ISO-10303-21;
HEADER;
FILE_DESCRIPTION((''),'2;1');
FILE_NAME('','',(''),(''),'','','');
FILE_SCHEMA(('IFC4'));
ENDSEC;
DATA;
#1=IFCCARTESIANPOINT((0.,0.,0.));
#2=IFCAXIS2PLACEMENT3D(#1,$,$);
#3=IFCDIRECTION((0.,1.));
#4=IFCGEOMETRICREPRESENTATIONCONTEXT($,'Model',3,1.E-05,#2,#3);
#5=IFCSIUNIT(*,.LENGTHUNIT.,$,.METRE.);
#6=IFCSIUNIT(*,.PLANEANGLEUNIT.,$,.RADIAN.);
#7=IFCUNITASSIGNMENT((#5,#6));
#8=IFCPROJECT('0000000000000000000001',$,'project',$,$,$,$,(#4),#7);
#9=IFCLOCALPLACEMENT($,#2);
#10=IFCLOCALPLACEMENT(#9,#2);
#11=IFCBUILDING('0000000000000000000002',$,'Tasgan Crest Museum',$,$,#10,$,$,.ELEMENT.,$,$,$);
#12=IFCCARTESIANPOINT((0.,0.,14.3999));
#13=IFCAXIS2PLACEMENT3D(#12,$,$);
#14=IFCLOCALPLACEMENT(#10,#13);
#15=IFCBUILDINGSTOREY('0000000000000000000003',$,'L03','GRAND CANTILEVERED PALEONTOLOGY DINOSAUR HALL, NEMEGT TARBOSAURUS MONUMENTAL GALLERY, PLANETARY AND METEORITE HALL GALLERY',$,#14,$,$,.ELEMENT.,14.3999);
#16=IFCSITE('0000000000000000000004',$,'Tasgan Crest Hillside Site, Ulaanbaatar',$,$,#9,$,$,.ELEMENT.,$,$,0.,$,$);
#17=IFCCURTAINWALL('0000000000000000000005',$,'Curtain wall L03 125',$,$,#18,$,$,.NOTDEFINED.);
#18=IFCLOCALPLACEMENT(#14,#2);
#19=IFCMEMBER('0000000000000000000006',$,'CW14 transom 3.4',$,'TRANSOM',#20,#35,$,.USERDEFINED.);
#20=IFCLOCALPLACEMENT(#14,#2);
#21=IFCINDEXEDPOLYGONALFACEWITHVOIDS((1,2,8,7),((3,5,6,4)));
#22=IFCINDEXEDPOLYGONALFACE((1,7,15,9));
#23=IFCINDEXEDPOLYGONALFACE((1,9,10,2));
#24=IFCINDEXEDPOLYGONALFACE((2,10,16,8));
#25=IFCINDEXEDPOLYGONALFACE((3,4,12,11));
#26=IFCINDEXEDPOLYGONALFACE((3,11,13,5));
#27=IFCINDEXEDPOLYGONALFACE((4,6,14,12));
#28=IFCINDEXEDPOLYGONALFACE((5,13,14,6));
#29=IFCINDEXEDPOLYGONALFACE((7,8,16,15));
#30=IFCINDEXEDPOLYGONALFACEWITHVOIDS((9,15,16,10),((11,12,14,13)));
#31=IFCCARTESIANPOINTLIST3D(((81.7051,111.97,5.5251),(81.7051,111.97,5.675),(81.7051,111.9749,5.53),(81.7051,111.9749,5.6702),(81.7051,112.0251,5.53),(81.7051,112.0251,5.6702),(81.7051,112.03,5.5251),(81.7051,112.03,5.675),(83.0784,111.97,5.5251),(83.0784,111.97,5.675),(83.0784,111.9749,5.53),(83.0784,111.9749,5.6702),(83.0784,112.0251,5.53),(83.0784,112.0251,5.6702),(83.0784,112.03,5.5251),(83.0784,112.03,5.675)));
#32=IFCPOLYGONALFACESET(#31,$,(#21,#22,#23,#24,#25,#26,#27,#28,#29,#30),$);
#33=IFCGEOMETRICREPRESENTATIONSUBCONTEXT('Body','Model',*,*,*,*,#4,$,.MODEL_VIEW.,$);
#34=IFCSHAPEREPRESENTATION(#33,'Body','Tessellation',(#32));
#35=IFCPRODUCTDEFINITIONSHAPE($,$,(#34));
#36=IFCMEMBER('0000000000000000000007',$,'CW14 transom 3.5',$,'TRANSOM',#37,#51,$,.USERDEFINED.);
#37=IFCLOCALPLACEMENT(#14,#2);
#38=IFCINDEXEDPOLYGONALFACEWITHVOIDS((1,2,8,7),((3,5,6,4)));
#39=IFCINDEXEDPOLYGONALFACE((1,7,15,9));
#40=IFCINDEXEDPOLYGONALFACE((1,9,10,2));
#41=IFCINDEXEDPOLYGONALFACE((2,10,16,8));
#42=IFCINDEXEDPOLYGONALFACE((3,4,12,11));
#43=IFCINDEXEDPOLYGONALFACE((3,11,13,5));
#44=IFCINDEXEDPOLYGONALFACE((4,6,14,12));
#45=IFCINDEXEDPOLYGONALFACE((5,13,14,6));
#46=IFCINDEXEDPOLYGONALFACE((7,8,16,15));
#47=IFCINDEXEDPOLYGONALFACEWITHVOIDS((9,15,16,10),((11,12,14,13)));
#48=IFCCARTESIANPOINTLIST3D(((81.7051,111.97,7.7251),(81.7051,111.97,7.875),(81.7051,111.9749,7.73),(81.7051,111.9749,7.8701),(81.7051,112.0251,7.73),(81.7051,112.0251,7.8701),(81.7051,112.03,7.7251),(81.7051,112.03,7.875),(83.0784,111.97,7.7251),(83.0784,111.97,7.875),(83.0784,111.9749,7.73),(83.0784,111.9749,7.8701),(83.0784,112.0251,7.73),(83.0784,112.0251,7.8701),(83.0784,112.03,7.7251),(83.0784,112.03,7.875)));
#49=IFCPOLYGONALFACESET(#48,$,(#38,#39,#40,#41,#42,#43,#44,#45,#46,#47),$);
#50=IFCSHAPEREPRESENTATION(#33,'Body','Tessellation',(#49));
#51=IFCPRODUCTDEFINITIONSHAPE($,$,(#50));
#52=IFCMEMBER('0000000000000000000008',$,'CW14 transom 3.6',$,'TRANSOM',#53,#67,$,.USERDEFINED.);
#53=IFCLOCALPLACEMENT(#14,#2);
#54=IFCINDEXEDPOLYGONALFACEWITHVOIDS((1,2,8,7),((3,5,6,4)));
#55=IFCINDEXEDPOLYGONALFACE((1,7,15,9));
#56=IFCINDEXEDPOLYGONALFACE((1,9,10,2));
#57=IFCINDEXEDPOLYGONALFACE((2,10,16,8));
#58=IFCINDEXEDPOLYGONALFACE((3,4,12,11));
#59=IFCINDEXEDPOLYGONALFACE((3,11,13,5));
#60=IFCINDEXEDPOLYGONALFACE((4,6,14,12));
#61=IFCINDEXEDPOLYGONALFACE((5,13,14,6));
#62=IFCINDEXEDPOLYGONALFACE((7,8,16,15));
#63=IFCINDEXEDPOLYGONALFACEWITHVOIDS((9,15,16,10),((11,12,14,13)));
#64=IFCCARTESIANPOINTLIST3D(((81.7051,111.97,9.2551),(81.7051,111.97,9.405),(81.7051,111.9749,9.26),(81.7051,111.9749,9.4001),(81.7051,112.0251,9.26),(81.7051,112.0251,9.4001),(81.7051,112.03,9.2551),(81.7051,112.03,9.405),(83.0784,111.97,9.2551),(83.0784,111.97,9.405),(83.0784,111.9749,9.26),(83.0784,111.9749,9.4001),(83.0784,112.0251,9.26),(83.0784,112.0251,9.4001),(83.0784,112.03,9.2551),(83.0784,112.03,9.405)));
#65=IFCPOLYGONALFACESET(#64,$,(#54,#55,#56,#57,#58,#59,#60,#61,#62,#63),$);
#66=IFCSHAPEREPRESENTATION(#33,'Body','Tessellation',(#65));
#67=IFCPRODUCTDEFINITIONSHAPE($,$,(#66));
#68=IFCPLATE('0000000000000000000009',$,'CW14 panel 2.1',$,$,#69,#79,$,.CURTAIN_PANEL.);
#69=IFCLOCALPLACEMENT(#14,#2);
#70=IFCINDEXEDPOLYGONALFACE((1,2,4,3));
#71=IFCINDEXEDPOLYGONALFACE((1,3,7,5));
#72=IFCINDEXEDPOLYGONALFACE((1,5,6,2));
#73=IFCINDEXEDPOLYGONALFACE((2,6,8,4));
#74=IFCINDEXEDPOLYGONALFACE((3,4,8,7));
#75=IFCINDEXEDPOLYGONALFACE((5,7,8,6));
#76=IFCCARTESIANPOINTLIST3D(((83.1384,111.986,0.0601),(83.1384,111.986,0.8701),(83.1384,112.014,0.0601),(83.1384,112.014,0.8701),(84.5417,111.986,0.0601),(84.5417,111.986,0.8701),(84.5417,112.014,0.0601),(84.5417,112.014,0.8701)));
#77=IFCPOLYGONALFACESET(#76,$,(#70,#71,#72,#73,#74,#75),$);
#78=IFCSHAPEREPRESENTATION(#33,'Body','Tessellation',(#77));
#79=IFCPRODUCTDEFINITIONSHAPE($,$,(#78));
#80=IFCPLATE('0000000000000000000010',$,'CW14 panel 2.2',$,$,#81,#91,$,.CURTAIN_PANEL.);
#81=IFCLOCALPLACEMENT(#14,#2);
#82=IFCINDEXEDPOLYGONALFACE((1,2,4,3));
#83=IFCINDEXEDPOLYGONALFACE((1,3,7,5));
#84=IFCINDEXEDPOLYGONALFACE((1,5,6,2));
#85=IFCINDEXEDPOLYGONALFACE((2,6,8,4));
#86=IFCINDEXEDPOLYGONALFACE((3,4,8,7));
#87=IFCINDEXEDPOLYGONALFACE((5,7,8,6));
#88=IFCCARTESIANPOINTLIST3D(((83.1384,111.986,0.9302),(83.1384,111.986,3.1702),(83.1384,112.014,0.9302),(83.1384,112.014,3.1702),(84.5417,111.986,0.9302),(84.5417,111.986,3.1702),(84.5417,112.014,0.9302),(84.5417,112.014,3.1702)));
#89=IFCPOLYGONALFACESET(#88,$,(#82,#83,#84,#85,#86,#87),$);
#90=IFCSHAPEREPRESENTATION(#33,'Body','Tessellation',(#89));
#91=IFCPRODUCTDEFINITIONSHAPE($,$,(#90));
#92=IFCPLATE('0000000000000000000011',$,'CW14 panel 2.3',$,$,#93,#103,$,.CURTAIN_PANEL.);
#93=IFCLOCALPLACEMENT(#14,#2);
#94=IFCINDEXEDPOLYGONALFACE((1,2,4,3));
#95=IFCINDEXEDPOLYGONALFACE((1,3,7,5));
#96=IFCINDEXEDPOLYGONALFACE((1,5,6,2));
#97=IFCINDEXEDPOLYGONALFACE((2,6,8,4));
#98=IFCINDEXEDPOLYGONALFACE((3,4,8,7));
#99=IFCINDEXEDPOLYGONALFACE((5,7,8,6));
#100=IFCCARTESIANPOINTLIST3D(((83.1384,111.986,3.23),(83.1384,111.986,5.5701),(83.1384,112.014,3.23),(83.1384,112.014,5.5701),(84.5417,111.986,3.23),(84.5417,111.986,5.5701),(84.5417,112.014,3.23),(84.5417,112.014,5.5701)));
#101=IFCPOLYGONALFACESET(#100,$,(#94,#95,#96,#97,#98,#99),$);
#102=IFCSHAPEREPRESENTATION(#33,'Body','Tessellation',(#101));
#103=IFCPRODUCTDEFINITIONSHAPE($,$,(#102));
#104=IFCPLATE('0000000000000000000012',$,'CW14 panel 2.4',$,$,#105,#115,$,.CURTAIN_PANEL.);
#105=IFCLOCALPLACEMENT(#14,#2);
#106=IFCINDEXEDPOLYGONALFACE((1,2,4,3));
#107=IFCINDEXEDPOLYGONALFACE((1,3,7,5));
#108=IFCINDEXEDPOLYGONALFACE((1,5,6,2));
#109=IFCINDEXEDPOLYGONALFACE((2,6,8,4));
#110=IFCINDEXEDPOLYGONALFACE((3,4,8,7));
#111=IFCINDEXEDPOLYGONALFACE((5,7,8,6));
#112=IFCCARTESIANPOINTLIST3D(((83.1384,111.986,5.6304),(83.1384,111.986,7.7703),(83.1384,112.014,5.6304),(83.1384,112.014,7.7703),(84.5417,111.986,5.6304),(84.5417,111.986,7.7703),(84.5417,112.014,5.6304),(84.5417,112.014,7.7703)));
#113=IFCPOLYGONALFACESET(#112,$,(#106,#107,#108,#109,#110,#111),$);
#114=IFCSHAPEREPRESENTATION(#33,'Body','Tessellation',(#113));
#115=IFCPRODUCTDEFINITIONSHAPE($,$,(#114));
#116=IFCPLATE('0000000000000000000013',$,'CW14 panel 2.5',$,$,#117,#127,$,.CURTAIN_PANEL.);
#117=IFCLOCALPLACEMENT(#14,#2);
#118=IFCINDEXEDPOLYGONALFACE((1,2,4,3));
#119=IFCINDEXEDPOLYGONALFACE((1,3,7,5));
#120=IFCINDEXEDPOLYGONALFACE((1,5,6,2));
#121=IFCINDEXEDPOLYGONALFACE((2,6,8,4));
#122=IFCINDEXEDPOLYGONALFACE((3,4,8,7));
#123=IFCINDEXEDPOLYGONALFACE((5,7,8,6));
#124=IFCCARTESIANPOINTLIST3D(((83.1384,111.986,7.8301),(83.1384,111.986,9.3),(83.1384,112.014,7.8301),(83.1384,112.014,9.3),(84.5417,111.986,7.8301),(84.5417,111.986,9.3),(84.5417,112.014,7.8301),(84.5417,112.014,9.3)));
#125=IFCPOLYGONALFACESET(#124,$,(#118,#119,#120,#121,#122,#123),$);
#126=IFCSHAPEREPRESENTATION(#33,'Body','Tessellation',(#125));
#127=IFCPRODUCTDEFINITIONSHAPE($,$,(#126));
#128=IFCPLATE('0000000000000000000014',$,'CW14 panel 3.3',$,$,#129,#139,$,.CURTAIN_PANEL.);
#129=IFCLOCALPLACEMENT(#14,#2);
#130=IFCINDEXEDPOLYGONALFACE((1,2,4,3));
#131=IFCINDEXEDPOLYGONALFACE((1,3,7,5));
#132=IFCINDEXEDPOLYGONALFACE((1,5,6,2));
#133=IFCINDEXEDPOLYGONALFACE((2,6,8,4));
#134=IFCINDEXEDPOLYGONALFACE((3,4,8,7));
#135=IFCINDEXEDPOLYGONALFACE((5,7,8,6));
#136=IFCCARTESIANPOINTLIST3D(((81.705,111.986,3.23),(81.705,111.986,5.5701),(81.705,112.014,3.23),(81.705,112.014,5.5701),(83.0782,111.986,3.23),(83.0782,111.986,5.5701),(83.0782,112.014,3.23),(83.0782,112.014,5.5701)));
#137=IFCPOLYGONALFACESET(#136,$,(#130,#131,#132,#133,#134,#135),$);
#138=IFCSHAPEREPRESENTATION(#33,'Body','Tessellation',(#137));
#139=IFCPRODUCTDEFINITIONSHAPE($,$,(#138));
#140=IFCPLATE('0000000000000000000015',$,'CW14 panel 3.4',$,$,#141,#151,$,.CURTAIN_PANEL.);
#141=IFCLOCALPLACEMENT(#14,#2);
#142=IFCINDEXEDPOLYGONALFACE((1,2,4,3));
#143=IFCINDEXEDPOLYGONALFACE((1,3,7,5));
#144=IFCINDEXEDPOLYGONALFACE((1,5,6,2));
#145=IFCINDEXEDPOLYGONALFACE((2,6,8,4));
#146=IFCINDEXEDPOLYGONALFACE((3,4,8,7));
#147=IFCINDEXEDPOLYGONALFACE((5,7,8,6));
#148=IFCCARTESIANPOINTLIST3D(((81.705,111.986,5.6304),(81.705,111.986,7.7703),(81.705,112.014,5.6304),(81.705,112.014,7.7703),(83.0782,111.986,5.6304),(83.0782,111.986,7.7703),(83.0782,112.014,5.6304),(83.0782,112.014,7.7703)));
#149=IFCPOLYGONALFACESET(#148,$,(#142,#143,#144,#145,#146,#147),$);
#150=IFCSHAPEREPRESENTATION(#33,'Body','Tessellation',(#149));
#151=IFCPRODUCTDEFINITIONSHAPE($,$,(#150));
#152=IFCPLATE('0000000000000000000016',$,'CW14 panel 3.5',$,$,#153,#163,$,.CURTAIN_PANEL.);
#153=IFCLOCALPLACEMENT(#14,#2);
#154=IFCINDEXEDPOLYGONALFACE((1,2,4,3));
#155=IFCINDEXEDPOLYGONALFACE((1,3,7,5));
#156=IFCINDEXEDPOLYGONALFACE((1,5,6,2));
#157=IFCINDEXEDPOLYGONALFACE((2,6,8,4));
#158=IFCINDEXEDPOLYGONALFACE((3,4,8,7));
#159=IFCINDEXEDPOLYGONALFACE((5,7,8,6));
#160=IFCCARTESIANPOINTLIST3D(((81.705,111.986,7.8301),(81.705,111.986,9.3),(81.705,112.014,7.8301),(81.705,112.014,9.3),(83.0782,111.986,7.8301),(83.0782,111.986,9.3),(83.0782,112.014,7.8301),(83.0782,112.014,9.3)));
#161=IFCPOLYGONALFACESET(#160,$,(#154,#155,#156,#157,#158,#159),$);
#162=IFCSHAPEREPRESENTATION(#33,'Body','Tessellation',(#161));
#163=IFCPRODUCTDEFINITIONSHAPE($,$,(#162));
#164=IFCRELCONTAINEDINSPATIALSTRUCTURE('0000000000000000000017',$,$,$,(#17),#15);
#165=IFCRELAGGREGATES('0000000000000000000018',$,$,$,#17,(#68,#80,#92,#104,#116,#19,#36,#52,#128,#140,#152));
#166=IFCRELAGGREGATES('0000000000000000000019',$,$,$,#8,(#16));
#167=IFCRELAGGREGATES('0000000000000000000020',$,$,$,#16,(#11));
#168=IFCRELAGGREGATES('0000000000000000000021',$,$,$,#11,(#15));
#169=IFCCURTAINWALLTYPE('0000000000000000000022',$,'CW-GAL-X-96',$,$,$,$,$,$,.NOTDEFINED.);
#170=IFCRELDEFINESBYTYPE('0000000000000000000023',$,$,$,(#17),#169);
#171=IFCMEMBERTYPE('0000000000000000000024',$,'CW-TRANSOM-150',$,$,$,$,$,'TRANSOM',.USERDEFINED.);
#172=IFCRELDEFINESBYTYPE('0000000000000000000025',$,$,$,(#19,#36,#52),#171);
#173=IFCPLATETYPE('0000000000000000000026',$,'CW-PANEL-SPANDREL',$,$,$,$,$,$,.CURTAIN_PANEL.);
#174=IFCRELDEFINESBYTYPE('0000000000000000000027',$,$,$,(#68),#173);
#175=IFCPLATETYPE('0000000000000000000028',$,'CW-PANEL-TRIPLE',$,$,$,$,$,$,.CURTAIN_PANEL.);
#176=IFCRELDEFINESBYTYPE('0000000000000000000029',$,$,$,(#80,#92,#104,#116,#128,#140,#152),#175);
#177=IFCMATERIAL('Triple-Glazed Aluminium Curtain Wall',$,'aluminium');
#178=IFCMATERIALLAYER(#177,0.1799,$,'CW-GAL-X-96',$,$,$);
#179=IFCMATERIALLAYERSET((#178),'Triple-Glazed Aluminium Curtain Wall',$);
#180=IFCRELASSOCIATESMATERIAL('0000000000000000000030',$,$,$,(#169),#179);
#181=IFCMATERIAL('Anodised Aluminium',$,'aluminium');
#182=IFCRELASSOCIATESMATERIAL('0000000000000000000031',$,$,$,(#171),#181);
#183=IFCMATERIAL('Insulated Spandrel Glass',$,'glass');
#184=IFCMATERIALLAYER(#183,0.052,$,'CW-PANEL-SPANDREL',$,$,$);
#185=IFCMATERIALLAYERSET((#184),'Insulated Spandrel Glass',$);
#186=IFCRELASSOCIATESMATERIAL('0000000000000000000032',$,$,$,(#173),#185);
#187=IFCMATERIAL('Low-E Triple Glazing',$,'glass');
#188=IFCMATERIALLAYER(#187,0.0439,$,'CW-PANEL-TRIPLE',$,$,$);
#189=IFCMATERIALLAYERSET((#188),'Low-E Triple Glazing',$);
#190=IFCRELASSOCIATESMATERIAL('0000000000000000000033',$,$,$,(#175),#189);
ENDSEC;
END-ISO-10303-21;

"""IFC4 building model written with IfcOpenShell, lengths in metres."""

from ifc_helpers import new_model, si_unit, direction, frame, origin, origin_2d, place, context, subcontext, project, spatial, rectangle, hollow_rectangle, extrude, material, layer, layer_set, material_profile, profile_set, type_object, element, aggregate, save


model = new_model("IFC4")

# Units and contexts
model_context = context("Model", 3, precision=1e-05, world=origin(), true_north=direction((0.0, 1.0)))
body_context = subcontext(model_context, "Body", "Model", "MODEL_VIEW")
ifc_project = project(units=[si_unit("LENGTHUNIT", "METRE"), si_unit("PLANEANGLEUNIT", "RADIAN")], contexts=[model_context])

# Site, building, storey
site_placement = place(None, origin())
site = spatial("IfcSite", under=ifc_project, at=site_placement, Name="Tasgan Crest Hillside Site, Ulaanbaatar", CompositionType="ELEMENT", RefElevation=0.0)
building_placement = place(site_placement, origin())
building = spatial("IfcBuilding", under=site, at=building_placement, Name="Tasgan Crest Museum", CompositionType="ELEMENT")
storey_placement = place(building_placement, frame((0.0, 0.0, 14.3999)))
storey = spatial("IfcBuildingStorey", under=building, at=storey_placement, Name="L03", Description="GRAND CANTILEVERED PALEONTOLOGY DINOSAUR HALL, NEMEGT TARBOSAURUS MONUMENTAL GALLERY, PLANETARY AND METEORITE HALL GALLERY", CompositionType="ELEMENT", Elevation=14.3999)

# Curtain wall, members, plates
ifc_material_1 = material(Name="Triple-Glazed Aluminium Curtain Wall", Category="aluminium")
ifc_layer_1 = layer(ifc_material_1, 0.1799, Name="CW-GAL-X-96")
ifc_layer_set_1 = layer_set([ifc_layer_1], Name="Triple-Glazed Aluminium Curtain Wall")
curtain_wall_type = type_object("IfcCurtainWallType", Name="CW-GAL-X-96", PredefinedType="NOTDEFINED", material=ifc_layer_set_1)
curtain_wall_placement = place(storey_placement, origin())
curtain_wall = element("IfcCurtainWall", 1, at=curtain_wall_placement, inside=storey, type_object=curtain_wall_type, Name="Curtain wall L03 125", PredefinedType="NOTDEFINED")
ifc_material_2 = material(Name="Anodised Aluminium", Category="aluminium")
ifc_material_profile_1 = material_profile(ifc_material_2, hollow_rectangle(XDim=0.0601, YDim=0.1499, WallThickness=0.0049, at=origin_2d()), Name="ALU TRANSOM 150x60x5")
ifc_profile_set_1 = profile_set([ifc_material_profile_1], Name="Anodised Aluminium")
member_type_1 = type_object("IfcMemberType", Name="CW-TRANSOM-150", ElementType="TRANSOM", PredefinedType="USERDEFINED", material=ifc_profile_set_1)
member_1_placement = place(storey_placement, frame((83.0784, 112.0, 5.6001), z_axis=(-1.0, 0.0, 0.0), x_axis=(0.0, -1.0, 0.0)))
member_1 = element("IfcMember", 2, at=member_1_placement, type_object=member_type_1, Name="CW14 transom 3.4", ObjectType="TRANSOM", PredefinedType="USERDEFINED", context=body_context, shape_type="SweptSolid", body=[
    extrude(hollow_rectangle(XDim=0.0601, YDim=0.1499, WallThickness=0.0049, at=origin_2d()), origin(), (0.0, 0.0, 1.0), 1.3733),
])
member_2_placement = place(storey_placement, frame((83.0784, 112.0, 7.8), z_axis=(-1.0, 0.0, 0.0), x_axis=(0.0, -1.0, 0.0)))
member_2 = element("IfcMember", 3, at=member_2_placement, type_object=member_type_1, Name="CW14 transom 3.5", ObjectType="TRANSOM", PredefinedType="USERDEFINED", context=body_context, shape_type="SweptSolid", body=[
    extrude(hollow_rectangle(XDim=0.0601, YDim=0.1499, WallThickness=0.0049, at=origin_2d()), origin(), (0.0, 0.0, 1.0), 1.3733),
])
member_3_placement = place(storey_placement, frame((83.0784, 112.0, 9.3301), z_axis=(-1.0, 0.0, 0.0), x_axis=(0.0, -1.0, 0.0)))
member_3 = element("IfcMember", 4, at=member_3_placement, type_object=member_type_1, Name="CW14 transom 3.6", ObjectType="TRANSOM", PredefinedType="USERDEFINED", context=body_context, shape_type="SweptSolid", body=[
    extrude(hollow_rectangle(XDim=0.0601, YDim=0.1499, WallThickness=0.0049, at=origin_2d()), origin(), (0.0, 0.0, 1.0), 1.3733),
])
ifc_material_3 = material(Name="Insulated Spandrel Glass", Category="glass")
ifc_layer_2 = layer(ifc_material_3, 0.052, Name="CW-PANEL-SPANDREL")
ifc_layer_set_2 = layer_set([ifc_layer_2], Name="Insulated Spandrel Glass")
plate_type_1 = type_object("IfcPlateType", Name="CW-PANEL-SPANDREL", PredefinedType="CURTAIN_PANEL", material=ifc_layer_set_2)
plate_1_placement = place(storey_placement, frame((83.8401, 112.0, 0.0601), z_axis=(0.0, 0.0, 1.0), x_axis=(-1.0, 0.0, 0.0)))
plate_1 = element("IfcPlate", 5, at=plate_1_placement, type_object=plate_type_1, Name="CW14 panel 2.1", PredefinedType="CURTAIN_PANEL", context=body_context, shape_type="SweptSolid", body=[
    extrude(rectangle(XDim=1.4033, YDim=0.0281, at=origin_2d()), origin(), (0.0, 0.0, 1.0), 0.8101),
])
ifc_material_4 = material(Name="Low-E Triple Glazing", Category="glass")
ifc_layer_3 = layer(ifc_material_4, 0.0439, Name="CW-PANEL-TRIPLE")
ifc_layer_set_3 = layer_set([ifc_layer_3], Name="Low-E Triple Glazing")
plate_type_2 = type_object("IfcPlateType", Name="CW-PANEL-TRIPLE", PredefinedType="CURTAIN_PANEL", material=ifc_layer_set_3)
plate_2_placement = place(storey_placement, frame((83.8401, 112.0, 0.9302), z_axis=(0.0, 0.0, 1.0), x_axis=(-1.0, 0.0, 0.0)))
plate_2 = element("IfcPlate", 6, at=plate_2_placement, type_object=plate_type_2, Name="CW14 panel 2.2", PredefinedType="CURTAIN_PANEL", context=body_context, shape_type="SweptSolid", body=[
    extrude(rectangle(XDim=1.4033, YDim=0.0281, at=origin_2d()), origin(), (0.0, 0.0, 1.0), 2.24),
])
plate_3_placement = place(storey_placement, frame((83.8401, 112.0, 3.23), z_axis=(0.0, 0.0, 1.0), x_axis=(-1.0, 0.0, 0.0)))
plate_3 = element("IfcPlate", 7, at=plate_3_placement, type_object=plate_type_2, Name="CW14 panel 2.3", PredefinedType="CURTAIN_PANEL", context=body_context, shape_type="SweptSolid", body=[
    extrude(rectangle(XDim=1.4033, YDim=0.0281, at=origin_2d()), origin(), (0.0, 0.0, 1.0), 2.3401),
])
plate_4_placement = place(storey_placement, frame((83.8401, 112.0, 5.6304), z_axis=(0.0, 0.0, 1.0), x_axis=(-1.0, 0.0, 0.0)))
plate_4 = element("IfcPlate", 8, at=plate_4_placement, type_object=plate_type_2, Name="CW14 panel 2.4", PredefinedType="CURTAIN_PANEL", context=body_context, shape_type="SweptSolid", body=[
    extrude(rectangle(XDim=1.4033, YDim=0.0281, at=origin_2d()), origin(), (0.0, 0.0, 1.0), 2.1399),
])
plate_5_placement = place(storey_placement, frame((83.8401, 112.0, 7.8301), z_axis=(0.0, 0.0, 1.0), x_axis=(-1.0, 0.0, 0.0)))
plate_5 = element("IfcPlate", 9, at=plate_5_placement, type_object=plate_type_2, Name="CW14 panel 2.5", PredefinedType="CURTAIN_PANEL", context=body_context, shape_type="SweptSolid", body=[
    extrude(rectangle(XDim=1.4033, YDim=0.0281, at=origin_2d()), origin(), (0.0, 0.0, 1.0), 1.47),
])
plate_6_placement = place(storey_placement, frame((82.3916, 112.0, 3.23), z_axis=(0.0, 0.0, 1.0), x_axis=(-1.0, 0.0, 0.0)))
plate_6 = element("IfcPlate", 10, at=plate_6_placement, type_object=plate_type_2, Name="CW14 panel 3.3", PredefinedType="CURTAIN_PANEL", context=body_context, shape_type="SweptSolid", body=[
    extrude(rectangle(XDim=1.3733, YDim=0.0281, at=origin_2d()), origin(), (0.0, 0.0, 1.0), 2.3401),
])
plate_7_placement = place(storey_placement, frame((82.3916, 112.0, 5.6304), z_axis=(0.0, 0.0, 1.0), x_axis=(-1.0, 0.0, 0.0)))
plate_7 = element("IfcPlate", 11, at=plate_7_placement, type_object=plate_type_2, Name="CW14 panel 3.4", PredefinedType="CURTAIN_PANEL", context=body_context, shape_type="SweptSolid", body=[
    extrude(rectangle(XDim=1.3733, YDim=0.0281, at=origin_2d()), origin(), (0.0, 0.0, 1.0), 2.1399),
])
plate_8_placement = place(storey_placement, frame((82.3916, 112.0, 7.8301), z_axis=(0.0, 0.0, 1.0), x_axis=(-1.0, 0.0, 0.0)))
plate_8 = element("IfcPlate", 12, at=plate_8_placement, type_object=plate_type_2, Name="CW14 panel 3.5", PredefinedType="CURTAIN_PANEL", context=body_context, shape_type="SweptSolid", body=[
    extrude(rectangle(XDim=1.3733, YDim=0.0281, at=origin_2d()), origin(), (0.0, 0.0, 1.0), 1.47),
])
aggregate(curtain_wall, [plate_1, plate_2, plate_3, plate_4, plate_5, member_1, member_2, member_3, plate_6, plate_7, plate_8])

save(model, "model.ifc")
